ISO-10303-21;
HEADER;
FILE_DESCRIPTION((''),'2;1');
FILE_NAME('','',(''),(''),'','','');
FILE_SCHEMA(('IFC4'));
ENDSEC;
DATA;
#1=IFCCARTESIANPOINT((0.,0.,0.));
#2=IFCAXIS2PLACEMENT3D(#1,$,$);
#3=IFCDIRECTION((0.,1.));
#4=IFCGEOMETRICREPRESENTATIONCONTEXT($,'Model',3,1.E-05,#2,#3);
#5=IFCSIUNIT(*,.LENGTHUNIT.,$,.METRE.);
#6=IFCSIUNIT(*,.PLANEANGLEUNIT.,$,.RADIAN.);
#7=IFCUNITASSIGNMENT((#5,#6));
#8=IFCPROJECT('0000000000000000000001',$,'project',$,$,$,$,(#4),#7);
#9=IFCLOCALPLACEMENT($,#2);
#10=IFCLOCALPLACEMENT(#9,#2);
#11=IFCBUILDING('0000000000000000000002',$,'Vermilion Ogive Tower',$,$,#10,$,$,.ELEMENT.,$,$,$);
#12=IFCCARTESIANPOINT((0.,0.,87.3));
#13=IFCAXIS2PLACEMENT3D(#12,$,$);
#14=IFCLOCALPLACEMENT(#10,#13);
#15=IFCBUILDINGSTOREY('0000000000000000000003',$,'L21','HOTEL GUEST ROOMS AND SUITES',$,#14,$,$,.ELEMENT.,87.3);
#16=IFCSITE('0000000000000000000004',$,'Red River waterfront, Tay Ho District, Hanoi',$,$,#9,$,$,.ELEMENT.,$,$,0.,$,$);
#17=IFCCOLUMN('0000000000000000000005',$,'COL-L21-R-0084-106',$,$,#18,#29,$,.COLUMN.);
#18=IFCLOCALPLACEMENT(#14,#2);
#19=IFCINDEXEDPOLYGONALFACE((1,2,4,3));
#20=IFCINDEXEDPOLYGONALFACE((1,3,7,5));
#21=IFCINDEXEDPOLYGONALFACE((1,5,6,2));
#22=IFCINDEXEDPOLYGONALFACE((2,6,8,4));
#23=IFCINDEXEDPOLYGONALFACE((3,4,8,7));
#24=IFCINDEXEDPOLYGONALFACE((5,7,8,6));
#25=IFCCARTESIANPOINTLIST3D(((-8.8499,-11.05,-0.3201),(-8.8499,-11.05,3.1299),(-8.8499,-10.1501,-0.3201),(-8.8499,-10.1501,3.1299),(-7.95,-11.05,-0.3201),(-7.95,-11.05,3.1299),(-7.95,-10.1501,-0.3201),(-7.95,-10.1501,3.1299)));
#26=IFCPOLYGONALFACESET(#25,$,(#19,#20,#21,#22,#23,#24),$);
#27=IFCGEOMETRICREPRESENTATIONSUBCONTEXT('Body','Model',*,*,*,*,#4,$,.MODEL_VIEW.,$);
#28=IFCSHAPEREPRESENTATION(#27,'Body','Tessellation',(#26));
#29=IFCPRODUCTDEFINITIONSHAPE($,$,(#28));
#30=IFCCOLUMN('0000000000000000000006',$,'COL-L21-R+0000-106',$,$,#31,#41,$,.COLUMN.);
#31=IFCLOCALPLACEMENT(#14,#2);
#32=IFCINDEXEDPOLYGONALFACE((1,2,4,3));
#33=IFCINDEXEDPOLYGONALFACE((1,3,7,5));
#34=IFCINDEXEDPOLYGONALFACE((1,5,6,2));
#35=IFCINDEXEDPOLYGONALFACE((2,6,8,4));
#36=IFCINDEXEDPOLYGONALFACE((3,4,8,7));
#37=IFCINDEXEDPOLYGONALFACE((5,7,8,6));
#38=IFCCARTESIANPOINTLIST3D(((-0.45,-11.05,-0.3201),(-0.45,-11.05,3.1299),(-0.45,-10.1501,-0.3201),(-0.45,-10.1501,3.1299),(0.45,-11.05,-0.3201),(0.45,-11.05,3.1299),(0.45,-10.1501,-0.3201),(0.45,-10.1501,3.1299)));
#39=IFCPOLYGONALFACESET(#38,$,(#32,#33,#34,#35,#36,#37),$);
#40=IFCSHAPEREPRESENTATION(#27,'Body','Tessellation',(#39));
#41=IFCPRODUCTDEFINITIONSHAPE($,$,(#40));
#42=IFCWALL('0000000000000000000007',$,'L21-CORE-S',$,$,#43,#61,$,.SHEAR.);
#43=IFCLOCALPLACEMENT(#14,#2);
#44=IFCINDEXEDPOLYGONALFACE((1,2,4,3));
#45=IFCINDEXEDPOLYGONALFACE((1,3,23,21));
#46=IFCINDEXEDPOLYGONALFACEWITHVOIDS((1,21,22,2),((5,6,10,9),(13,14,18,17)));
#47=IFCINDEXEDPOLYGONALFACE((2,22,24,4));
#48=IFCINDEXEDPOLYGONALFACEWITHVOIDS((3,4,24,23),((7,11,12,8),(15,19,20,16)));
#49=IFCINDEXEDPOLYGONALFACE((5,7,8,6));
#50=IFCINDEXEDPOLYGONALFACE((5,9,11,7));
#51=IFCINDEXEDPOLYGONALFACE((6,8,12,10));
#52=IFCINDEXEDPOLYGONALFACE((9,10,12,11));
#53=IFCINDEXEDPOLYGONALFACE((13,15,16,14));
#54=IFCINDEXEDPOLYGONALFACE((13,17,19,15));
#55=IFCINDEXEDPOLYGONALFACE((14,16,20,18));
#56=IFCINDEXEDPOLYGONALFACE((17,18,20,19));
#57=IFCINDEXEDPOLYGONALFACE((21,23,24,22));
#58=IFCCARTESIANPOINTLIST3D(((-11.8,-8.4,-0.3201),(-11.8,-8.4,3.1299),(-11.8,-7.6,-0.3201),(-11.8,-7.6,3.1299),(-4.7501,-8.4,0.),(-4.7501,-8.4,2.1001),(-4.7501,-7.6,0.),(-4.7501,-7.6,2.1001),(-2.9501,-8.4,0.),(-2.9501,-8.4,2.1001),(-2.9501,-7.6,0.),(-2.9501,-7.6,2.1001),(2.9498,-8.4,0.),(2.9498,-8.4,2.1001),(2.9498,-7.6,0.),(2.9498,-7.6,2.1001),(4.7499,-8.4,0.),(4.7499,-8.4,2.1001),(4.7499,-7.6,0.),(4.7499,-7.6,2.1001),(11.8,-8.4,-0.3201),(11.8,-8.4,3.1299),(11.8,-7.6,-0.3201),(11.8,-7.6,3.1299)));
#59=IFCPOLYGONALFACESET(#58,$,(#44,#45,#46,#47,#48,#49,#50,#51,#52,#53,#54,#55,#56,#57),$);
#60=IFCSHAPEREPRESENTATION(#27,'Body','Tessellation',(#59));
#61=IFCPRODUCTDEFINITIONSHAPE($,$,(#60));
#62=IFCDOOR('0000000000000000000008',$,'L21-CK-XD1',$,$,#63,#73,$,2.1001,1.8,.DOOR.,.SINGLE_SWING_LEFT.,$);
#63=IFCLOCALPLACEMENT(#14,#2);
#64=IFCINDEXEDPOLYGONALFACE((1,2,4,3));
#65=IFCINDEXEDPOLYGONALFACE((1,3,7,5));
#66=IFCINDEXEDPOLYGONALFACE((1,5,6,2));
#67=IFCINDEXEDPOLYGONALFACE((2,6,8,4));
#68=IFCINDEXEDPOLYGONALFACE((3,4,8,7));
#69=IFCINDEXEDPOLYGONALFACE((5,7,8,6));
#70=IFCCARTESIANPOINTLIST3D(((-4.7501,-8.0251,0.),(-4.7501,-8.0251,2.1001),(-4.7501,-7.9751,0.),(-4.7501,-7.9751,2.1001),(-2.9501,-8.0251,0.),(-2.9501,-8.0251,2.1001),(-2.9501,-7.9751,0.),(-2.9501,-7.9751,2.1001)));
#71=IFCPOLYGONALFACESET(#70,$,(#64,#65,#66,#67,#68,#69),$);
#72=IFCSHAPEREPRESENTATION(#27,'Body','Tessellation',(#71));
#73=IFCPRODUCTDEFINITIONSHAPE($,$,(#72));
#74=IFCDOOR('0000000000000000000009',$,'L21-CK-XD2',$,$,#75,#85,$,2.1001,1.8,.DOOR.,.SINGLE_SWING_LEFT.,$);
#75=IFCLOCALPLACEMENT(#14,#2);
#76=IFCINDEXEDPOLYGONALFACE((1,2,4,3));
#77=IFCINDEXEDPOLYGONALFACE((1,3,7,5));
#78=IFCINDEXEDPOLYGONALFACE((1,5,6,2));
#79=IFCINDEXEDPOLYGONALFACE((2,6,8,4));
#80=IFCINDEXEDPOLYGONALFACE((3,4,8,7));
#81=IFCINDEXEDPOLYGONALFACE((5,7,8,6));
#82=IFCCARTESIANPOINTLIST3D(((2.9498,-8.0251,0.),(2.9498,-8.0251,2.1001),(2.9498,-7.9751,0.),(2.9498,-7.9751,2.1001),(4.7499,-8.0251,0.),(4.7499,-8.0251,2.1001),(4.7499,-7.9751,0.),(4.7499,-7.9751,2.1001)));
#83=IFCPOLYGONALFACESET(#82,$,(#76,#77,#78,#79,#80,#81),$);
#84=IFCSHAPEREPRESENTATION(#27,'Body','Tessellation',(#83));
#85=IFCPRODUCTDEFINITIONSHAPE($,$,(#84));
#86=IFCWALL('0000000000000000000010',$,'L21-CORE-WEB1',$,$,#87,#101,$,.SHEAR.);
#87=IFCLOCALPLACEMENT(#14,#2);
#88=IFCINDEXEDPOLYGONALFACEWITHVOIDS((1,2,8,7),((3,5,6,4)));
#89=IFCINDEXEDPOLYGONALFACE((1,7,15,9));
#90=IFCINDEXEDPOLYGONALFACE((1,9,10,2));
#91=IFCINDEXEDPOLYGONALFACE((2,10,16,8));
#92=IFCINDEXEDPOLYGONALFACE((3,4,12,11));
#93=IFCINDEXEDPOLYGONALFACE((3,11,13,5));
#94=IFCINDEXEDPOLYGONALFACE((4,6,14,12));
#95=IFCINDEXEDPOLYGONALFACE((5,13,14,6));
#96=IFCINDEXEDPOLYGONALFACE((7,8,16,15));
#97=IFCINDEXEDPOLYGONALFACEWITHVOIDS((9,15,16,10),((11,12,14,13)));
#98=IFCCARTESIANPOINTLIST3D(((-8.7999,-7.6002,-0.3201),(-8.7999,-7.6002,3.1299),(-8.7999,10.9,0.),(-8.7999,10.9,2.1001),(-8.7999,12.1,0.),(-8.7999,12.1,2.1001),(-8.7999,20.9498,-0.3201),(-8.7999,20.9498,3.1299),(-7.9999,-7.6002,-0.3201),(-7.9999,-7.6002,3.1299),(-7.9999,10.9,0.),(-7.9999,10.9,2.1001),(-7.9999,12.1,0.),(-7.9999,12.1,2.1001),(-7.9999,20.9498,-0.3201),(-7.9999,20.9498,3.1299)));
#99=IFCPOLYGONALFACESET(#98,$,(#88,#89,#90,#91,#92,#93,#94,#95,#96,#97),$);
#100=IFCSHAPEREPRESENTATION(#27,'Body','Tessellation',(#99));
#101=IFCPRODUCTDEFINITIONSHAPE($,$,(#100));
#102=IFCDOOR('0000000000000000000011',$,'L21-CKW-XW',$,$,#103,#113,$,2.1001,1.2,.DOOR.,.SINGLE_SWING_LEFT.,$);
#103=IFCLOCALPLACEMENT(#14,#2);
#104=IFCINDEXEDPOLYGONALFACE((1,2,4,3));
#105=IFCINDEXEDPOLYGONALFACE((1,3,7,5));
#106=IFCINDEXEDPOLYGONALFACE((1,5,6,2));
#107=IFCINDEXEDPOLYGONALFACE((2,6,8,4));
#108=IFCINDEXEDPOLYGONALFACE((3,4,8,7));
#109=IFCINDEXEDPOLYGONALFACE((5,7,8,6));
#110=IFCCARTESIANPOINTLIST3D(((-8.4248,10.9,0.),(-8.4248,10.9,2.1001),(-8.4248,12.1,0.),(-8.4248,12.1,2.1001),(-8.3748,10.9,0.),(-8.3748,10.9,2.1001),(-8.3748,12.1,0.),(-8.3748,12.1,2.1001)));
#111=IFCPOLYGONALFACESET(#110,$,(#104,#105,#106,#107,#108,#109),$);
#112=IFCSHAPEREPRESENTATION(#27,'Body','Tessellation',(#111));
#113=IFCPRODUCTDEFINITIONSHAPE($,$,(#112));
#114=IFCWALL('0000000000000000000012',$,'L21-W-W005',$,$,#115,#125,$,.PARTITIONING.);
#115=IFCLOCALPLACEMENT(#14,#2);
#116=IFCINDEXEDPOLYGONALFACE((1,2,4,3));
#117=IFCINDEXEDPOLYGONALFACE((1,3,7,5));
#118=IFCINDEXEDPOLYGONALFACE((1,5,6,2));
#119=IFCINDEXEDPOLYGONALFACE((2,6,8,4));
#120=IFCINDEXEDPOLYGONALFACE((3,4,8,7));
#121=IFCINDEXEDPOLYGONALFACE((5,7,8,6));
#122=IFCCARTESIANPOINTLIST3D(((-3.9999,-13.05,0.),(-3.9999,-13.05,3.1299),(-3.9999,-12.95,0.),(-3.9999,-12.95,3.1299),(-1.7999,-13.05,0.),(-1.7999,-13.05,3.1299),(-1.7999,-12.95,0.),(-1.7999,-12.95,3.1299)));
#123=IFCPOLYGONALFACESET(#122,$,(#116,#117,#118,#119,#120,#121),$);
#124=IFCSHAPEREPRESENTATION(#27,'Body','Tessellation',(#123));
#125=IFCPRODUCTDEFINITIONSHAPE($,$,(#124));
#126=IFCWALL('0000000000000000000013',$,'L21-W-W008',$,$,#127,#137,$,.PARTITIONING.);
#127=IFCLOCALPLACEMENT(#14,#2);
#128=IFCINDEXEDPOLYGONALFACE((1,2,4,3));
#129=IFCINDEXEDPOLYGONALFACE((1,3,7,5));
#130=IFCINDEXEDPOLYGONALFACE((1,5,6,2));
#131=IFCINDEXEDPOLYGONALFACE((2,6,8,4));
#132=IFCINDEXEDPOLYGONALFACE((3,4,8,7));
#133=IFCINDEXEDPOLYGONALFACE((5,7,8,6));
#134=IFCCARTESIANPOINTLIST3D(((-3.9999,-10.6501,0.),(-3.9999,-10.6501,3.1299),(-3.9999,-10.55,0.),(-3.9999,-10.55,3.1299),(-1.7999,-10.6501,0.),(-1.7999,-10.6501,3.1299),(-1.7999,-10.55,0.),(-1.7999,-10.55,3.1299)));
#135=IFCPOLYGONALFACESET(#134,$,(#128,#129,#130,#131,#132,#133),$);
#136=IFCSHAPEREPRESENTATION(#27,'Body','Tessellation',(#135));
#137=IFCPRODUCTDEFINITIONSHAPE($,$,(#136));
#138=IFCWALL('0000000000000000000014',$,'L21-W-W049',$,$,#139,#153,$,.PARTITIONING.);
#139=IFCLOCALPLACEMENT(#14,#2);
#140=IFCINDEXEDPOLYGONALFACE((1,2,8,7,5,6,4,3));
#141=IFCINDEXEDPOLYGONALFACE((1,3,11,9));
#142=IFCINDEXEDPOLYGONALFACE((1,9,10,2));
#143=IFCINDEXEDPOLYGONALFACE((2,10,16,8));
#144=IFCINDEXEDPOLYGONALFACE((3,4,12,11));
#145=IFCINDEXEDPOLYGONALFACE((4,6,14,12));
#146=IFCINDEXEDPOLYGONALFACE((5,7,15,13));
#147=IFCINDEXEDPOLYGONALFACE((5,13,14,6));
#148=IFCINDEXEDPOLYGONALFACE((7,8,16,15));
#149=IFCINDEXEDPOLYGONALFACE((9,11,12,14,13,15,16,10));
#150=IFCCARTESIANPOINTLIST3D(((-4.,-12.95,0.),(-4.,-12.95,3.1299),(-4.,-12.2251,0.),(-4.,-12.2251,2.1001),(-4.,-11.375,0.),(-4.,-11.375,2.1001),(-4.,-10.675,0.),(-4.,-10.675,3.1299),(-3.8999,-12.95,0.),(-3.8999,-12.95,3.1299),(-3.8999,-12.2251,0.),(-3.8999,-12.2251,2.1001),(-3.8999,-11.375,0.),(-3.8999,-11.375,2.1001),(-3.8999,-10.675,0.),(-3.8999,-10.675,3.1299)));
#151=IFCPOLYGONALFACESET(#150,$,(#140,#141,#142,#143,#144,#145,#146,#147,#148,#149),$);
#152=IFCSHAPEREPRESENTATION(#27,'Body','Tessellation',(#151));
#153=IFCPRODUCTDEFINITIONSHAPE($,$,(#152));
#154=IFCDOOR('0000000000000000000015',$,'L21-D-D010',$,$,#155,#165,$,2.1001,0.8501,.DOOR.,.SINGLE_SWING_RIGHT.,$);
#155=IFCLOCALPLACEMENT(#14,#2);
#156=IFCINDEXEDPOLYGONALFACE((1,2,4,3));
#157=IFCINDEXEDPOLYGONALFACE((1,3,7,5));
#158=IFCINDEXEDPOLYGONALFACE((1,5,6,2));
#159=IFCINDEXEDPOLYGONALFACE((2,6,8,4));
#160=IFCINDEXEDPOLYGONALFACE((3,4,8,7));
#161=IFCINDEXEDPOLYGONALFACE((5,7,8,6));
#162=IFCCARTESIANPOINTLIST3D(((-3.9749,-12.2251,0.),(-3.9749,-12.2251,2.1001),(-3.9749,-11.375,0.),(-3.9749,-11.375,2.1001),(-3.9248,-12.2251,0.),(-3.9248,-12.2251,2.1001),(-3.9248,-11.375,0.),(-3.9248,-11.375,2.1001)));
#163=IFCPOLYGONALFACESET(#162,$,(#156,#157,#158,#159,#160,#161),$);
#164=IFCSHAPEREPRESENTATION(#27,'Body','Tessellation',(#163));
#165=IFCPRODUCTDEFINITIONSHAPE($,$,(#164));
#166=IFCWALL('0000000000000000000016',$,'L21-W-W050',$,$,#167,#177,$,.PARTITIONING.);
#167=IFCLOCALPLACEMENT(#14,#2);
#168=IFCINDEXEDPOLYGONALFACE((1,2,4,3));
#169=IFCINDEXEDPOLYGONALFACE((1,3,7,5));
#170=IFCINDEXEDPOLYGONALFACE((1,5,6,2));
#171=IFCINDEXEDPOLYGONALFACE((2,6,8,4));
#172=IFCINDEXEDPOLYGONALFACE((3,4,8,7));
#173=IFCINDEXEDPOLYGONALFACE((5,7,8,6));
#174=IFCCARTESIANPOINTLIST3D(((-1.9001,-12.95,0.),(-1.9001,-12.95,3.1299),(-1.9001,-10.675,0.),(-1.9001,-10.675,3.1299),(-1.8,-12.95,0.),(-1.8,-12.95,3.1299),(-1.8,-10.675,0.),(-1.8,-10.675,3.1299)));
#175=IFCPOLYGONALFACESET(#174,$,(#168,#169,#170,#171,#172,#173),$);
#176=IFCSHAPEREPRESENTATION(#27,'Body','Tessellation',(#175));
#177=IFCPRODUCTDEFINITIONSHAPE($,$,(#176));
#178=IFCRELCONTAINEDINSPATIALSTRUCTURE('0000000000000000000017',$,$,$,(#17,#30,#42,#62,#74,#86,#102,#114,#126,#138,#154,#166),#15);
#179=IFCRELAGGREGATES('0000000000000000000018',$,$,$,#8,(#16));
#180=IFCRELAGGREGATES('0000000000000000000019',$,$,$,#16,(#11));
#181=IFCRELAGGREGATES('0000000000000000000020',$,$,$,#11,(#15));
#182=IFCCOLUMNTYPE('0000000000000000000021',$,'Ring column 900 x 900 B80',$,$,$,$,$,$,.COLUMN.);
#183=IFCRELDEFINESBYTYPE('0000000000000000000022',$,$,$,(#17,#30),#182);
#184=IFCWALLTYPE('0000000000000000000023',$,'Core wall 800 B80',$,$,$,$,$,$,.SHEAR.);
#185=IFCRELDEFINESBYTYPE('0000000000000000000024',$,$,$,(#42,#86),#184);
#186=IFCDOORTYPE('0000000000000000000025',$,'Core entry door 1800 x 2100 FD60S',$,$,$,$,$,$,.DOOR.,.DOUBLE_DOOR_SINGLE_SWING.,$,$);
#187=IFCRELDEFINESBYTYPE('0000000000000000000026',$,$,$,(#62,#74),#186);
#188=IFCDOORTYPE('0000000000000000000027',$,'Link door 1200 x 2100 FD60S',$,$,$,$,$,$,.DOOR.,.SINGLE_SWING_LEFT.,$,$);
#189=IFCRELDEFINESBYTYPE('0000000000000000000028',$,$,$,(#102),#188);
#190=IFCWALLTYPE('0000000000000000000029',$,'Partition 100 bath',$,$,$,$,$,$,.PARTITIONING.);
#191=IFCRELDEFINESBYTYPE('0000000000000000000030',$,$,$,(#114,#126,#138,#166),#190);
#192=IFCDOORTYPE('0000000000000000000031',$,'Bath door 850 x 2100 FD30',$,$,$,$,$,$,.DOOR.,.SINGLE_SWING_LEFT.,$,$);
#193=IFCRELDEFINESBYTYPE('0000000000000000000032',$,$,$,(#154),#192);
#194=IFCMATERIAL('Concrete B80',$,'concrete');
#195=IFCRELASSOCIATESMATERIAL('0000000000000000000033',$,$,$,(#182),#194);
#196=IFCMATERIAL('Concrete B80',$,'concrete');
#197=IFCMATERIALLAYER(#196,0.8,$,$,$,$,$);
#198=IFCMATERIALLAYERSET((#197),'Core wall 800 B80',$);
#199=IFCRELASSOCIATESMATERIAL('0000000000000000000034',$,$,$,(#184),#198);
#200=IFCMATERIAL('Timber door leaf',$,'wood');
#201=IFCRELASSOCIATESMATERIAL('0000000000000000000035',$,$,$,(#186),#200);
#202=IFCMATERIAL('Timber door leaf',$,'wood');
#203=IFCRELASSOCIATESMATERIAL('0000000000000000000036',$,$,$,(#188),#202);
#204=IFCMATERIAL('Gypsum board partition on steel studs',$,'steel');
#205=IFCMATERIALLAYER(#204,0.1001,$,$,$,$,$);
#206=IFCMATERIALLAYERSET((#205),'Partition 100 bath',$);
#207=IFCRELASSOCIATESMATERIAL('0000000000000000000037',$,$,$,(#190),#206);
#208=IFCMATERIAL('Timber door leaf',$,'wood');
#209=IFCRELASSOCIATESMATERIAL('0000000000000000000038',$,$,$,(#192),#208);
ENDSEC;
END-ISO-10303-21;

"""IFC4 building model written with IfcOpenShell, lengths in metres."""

from ifc_helpers import new_model, si_unit, direction, frame, frame_2d, origin, origin_2d, place, context, subcontext, project, spatial, rectangle, extrude, material, layer, layer_set, material_profile, profile_set, type_object, element, fill, save


model = new_model("IFC4")

# Units and contexts
model_context = context("Model", 3, precision=1e-05, world=origin(), true_north=direction((0.0, 1.0)))
body_context = subcontext(model_context, "Body", "Model", "MODEL_VIEW")
ifc_project = project(units=[si_unit("LENGTHUNIT", "METRE"), si_unit("PLANEANGLEUNIT", "RADIAN")], contexts=[model_context])

# Site, building, storey
site_placement = place(None, origin())
site = spatial("IfcSite", under=ifc_project, at=site_placement, Name="Red River waterfront, Tay Ho District, Hanoi", CompositionType="ELEMENT", RefElevation=0.0)
building_placement = place(site_placement, origin())
building = spatial("IfcBuilding", under=site, at=building_placement, Name="Vermilion Ogive Tower", CompositionType="ELEMENT")
storey_placement = place(building_placement, frame((0.0, 0.0, 87.3)))
storey = spatial("IfcBuildingStorey", under=building, at=storey_placement, Name="L21", Description="HOTEL GUEST ROOMS AND SUITES", CompositionType="ELEMENT", Elevation=87.3)

# Columns
ifc_material_1 = material(Name="Concrete B80", Category="concrete")
ifc_material_profile = material_profile(ifc_material_1, rectangle(XDim=0.8999, YDim=0.8999, at=origin_2d()), Name="900 x 900")
ifc_profile_set = profile_set([ifc_material_profile], Name="Concrete B80")
column_type = type_object("IfcColumnType", Name="Ring column 900 x 900 B80", PredefinedType="COLUMN", material=ifc_profile_set)
for number, where, z_axis, x_axis, name in (
    (1, (-8.3999, -10.6001, -0.3201), (0.0, 0.0, 1.0), (1.0, 0.0, 0.0), "COL-L21-R-0084-106"),
    (2, (0.0, -10.6001, -0.3201), (0.0, 0.0, 1.0), (1.0, 0.0, 0.0), "COL-L21-R+0000-106"),
):
    element("IfcColumn", number, at=place(storey_placement, frame(where, z_axis=z_axis, x_axis=x_axis)), inside=storey, type_object=column_type, Name=name, PredefinedType="COLUMN", context=body_context, shape_type="SweptSolid", body=[
        extrude(rectangle(XDim=0.8999, YDim=0.8999, at=origin_2d()), origin(), (0.0, 0.0, 1.0), 3.45),
    ])

# Wall, openings, doors
ifc_material_2 = material(Name="Concrete B80", Category="concrete")
ifc_layer_1 = layer(ifc_material_2, 0.8)
ifc_layer_set_1 = layer_set([ifc_layer_1], Name="Core wall 800 B80")
wall_type_1 = type_object("IfcWallType", Name="Core wall 800 B80", PredefinedType="SHEAR", material=ifc_layer_set_1)
wall_1_placement = place(storey_placement, frame((-11.8, -8.0, -0.3201), z_axis=(0.0, 0.0, 1.0), x_axis=(1.0, 0.0, 0.0)))
wall_1 = element("IfcWall", 3, at=wall_1_placement, inside=storey, type_object=wall_type_1, Name="L21-CORE-S", PredefinedType="SHEAR", context=body_context, shape_type="SweptSolid", body=[
    extrude(rectangle(XDim=23.6001, YDim=0.8, at=frame_2d((11.8, 0.0))), origin(), (0.0, 0.0, 1.0), 3.45),
])
opening_1_placement = place(wall_1_placement, frame((7.05, 0.0, 0.3201)))
opening_1 = element("IfcOpeningElement", 4, at=opening_1_placement, cuts=wall_1, PredefinedType="OPENING", context=body_context, shape_type="SweptSolid", body=[
    extrude(rectangle(XDim=1.8, YDim=2.1001, at=frame_2d((0.8999, 1.05))), frame((0.0, 0.4099, 0.0), z_axis=(0.0, -1.0, 0.0), x_axis=(1.0, 0.0, 0.0)), (0.0, 0.0, 1.0), 0.8201),
])
opening_2_placement = place(wall_1_placement, frame((14.75, 0.0, 0.3201)))
opening_2 = element("IfcOpeningElement", 5, at=opening_2_placement, cuts=wall_1, PredefinedType="OPENING", context=body_context, shape_type="SweptSolid", body=[
    extrude(rectangle(XDim=1.8, YDim=2.1001, at=frame_2d((0.8999, 1.05))), frame((0.0, 0.4099, 0.0), z_axis=(0.0, -1.0, 0.0), x_axis=(1.0, 0.0, 0.0)), (0.0, 0.0, 1.0), 0.8201),
])
ifc_material_3 = material(Name="Timber door leaf", Category="wood")
door_type_1 = type_object("IfcDoorType", Name="Core entry door 1800 x 2100 FD60S", OperationType="DOUBLE_DOOR_SINGLE_SWING", PredefinedType="DOOR", material=ifc_material_3)
door_1_placement = place(opening_1_placement, origin())
door_1 = element("IfcDoor", 6, at=door_1_placement, inside=storey, type_object=door_type_1, Name="L21-CK-XD1", OperationType="SINGLE_SWING_LEFT", OverallHeight=2.1001, OverallWidth=1.8, PredefinedType="DOOR", context=body_context, shape_type="SweptSolid", body=[
    extrude(rectangle(XDim=1.8, YDim=2.1001, at=frame_2d((0.8999, 1.05))), frame((0.0, 0.0249, 0.0), z_axis=(0.0, -1.0, 0.0), x_axis=(1.0, 0.0, 0.0)), (0.0, 0.0, 1.0), 0.05),
])
fill(opening_1, door_1)
door_2_placement = place(opening_2_placement, origin())
door_2 = element("IfcDoor", 7, at=door_2_placement, inside=storey, type_object=door_type_1, Name="L21-CK-XD2", OperationType="SINGLE_SWING_LEFT", OverallHeight=2.1001, OverallWidth=1.8, PredefinedType="DOOR", context=body_context, shape_type="SweptSolid", body=[
    extrude(rectangle(XDim=1.8, YDim=2.1001, at=frame_2d((0.8999, 1.05))), frame((0.0, 0.0249, 0.0), z_axis=(0.0, -1.0, 0.0), x_axis=(1.0, 0.0, 0.0)), (0.0, 0.0, 1.0), 0.05),
])
fill(opening_2, door_2)

# Wall, opening, door
wall_2_placement = place(storey_placement, frame((-8.3999, -7.6001, -0.3201), z_axis=(0.0, 0.0, 1.0), x_axis=(0.0, 1.0, 0.0)))
wall_2 = element("IfcWall", 8, at=wall_2_placement, inside=storey, type_object=wall_type_1, Name="L21-CORE-WEB1", PredefinedType="SHEAR", context=body_context, shape_type="SweptSolid", body=[
    extrude(rectangle(XDim=28.55, YDim=0.8, at=frame_2d((14.2749, 0.0))), origin(), (0.0, 0.0, 1.0), 3.45),
])
opening_3_placement = place(wall_2_placement, frame((18.5, 0.0, 0.3201)))
opening_3 = element("IfcOpeningElement", 9, at=opening_3_placement, cuts=wall_2, PredefinedType="OPENING", context=body_context, shape_type="SweptSolid", body=[
    extrude(rectangle(XDim=1.2, YDim=2.1001, at=frame_2d((0.6001, 1.05))), frame((0.0, 0.4099, 0.0), z_axis=(0.0, -1.0, 0.0), x_axis=(1.0, 0.0, 0.0)), (0.0, 0.0, 1.0), 0.8201),
])
ifc_material_4 = material(Name="Timber door leaf", Category="wood")
door_type_2 = type_object("IfcDoorType", Name="Link door 1200 x 2100 FD60S", OperationType="SINGLE_SWING_LEFT", PredefinedType="DOOR", material=ifc_material_4)
door_3_placement = place(opening_3_placement, origin())
door_3 = element("IfcDoor", 10, at=door_3_placement, inside=storey, type_object=door_type_2, Name="L21-CKW-XW", OperationType="SINGLE_SWING_LEFT", OverallHeight=2.1001, OverallWidth=1.2, PredefinedType="DOOR", context=body_context, shape_type="SweptSolid", body=[
    extrude(rectangle(XDim=1.2, YDim=2.1001, at=frame_2d((0.6001, 1.05))), frame((0.0, 0.0249, 0.0), z_axis=(0.0, -1.0, 0.0), x_axis=(1.0, 0.0, 0.0)), (0.0, 0.0, 1.0), 0.05),
])
fill(opening_3, door_3)

# Walls
ifc_material_5 = material(Name="Gypsum board partition on steel studs", Category="steel")
ifc_layer_2 = layer(ifc_material_5, 0.1001)
ifc_layer_set_2 = layer_set([ifc_layer_2], Name="Partition 100 bath")
wall_type_2 = type_object("IfcWallType", Name="Partition 100 bath", PredefinedType="PARTITIONING", material=ifc_layer_set_2)
for number, where, z_axis, x_axis, name in (
    (11, (-4.0, -13.0, 0.0), (0.0, 0.0, 1.0), (1.0, 0.0, 0.0), "L21-W-W005"),
    (12, (-4.0, -10.6001, 0.0), (0.0, 0.0, 1.0), (1.0, 0.0, 0.0), "L21-W-W008"),
):
    element("IfcWall", number, at=place(storey_placement, frame(where, z_axis=z_axis, x_axis=x_axis)), inside=storey, type_object=wall_type_2, Name=name, PredefinedType="PARTITIONING", context=body_context, shape_type="SweptSolid", body=[
        extrude(rectangle(XDim=2.2, YDim=0.1001, at=frame_2d((1.1001, 0.0))), origin(), (0.0, 0.0, 1.0), 3.1299),
    ])

# Wall, opening, door
wall_3_placement = place(storey_placement, frame((-3.95, -12.95, 0.0), z_axis=(0.0, 0.0, 1.0), x_axis=(0.0, 1.0, 0.0)))
wall_3 = element("IfcWall", 13, at=wall_3_placement, inside=storey, type_object=wall_type_2, Name="L21-W-W049", PredefinedType="PARTITIONING", context=body_context, shape_type="SweptSolid", body=[
    extrude(rectangle(XDim=2.2749, YDim=0.1001, at=frame_2d((1.1375, 0.0))), origin(), (0.0, 0.0, 1.0), 3.1299),
])
opening_4_placement = place(wall_3_placement, frame((0.7249, 0.0, 0.0)))
opening_4 = element("IfcOpeningElement", 14, at=opening_4_placement, cuts=wall_3, PredefinedType="OPENING", context=body_context, shape_type="SweptSolid", body=[
    extrude(rectangle(XDim=0.8501, YDim=2.1001, at=frame_2d((0.425, 1.05))), frame((0.0, 0.0601, 0.0), z_axis=(0.0, -1.0, 0.0), x_axis=(1.0, 0.0, 0.0)), (0.0, 0.0, 1.0), 0.1201),
])
ifc_material_6 = material(Name="Timber door leaf", Category="wood")
door_type_3 = type_object("IfcDoorType", Name="Bath door 850 x 2100 FD30", OperationType="SINGLE_SWING_LEFT", PredefinedType="DOOR", material=ifc_material_6)
door_4_placement = place(opening_4_placement, origin())
door_4 = element("IfcDoor", 15, at=door_4_placement, inside=storey, type_object=door_type_3, Name="L21-D-D010", OperationType="SINGLE_SWING_RIGHT", OverallHeight=2.1001, OverallWidth=0.8501, PredefinedType="DOOR", context=body_context, shape_type="SweptSolid", body=[
    extrude(rectangle(XDim=0.8501, YDim=2.1001, at=frame_2d((0.425, 1.05))), frame((0.0, 0.0249, 0.0), z_axis=(0.0, -1.0, 0.0), x_axis=(1.0, 0.0, 0.0)), (0.0, 0.0, 1.0), 0.05),
])
fill(opening_4, door_4)

# Wall
wall_4_placement = place(storey_placement, frame((-1.8501, -12.95, 0.0), z_axis=(0.0, 0.0, 1.0), x_axis=(0.0, 1.0, 0.0)))
element("IfcWall", 16, at=wall_4_placement, inside=storey, type_object=wall_type_2, Name="L21-W-W050", PredefinedType="PARTITIONING", context=body_context, shape_type="SweptSolid", body=[
    extrude(rectangle(XDim=2.2749, YDim=0.1001, at=frame_2d((1.1375, 0.0))), origin(), (0.0, 0.0, 1.0), 3.1299),
])

save(model, "model.ifc")
